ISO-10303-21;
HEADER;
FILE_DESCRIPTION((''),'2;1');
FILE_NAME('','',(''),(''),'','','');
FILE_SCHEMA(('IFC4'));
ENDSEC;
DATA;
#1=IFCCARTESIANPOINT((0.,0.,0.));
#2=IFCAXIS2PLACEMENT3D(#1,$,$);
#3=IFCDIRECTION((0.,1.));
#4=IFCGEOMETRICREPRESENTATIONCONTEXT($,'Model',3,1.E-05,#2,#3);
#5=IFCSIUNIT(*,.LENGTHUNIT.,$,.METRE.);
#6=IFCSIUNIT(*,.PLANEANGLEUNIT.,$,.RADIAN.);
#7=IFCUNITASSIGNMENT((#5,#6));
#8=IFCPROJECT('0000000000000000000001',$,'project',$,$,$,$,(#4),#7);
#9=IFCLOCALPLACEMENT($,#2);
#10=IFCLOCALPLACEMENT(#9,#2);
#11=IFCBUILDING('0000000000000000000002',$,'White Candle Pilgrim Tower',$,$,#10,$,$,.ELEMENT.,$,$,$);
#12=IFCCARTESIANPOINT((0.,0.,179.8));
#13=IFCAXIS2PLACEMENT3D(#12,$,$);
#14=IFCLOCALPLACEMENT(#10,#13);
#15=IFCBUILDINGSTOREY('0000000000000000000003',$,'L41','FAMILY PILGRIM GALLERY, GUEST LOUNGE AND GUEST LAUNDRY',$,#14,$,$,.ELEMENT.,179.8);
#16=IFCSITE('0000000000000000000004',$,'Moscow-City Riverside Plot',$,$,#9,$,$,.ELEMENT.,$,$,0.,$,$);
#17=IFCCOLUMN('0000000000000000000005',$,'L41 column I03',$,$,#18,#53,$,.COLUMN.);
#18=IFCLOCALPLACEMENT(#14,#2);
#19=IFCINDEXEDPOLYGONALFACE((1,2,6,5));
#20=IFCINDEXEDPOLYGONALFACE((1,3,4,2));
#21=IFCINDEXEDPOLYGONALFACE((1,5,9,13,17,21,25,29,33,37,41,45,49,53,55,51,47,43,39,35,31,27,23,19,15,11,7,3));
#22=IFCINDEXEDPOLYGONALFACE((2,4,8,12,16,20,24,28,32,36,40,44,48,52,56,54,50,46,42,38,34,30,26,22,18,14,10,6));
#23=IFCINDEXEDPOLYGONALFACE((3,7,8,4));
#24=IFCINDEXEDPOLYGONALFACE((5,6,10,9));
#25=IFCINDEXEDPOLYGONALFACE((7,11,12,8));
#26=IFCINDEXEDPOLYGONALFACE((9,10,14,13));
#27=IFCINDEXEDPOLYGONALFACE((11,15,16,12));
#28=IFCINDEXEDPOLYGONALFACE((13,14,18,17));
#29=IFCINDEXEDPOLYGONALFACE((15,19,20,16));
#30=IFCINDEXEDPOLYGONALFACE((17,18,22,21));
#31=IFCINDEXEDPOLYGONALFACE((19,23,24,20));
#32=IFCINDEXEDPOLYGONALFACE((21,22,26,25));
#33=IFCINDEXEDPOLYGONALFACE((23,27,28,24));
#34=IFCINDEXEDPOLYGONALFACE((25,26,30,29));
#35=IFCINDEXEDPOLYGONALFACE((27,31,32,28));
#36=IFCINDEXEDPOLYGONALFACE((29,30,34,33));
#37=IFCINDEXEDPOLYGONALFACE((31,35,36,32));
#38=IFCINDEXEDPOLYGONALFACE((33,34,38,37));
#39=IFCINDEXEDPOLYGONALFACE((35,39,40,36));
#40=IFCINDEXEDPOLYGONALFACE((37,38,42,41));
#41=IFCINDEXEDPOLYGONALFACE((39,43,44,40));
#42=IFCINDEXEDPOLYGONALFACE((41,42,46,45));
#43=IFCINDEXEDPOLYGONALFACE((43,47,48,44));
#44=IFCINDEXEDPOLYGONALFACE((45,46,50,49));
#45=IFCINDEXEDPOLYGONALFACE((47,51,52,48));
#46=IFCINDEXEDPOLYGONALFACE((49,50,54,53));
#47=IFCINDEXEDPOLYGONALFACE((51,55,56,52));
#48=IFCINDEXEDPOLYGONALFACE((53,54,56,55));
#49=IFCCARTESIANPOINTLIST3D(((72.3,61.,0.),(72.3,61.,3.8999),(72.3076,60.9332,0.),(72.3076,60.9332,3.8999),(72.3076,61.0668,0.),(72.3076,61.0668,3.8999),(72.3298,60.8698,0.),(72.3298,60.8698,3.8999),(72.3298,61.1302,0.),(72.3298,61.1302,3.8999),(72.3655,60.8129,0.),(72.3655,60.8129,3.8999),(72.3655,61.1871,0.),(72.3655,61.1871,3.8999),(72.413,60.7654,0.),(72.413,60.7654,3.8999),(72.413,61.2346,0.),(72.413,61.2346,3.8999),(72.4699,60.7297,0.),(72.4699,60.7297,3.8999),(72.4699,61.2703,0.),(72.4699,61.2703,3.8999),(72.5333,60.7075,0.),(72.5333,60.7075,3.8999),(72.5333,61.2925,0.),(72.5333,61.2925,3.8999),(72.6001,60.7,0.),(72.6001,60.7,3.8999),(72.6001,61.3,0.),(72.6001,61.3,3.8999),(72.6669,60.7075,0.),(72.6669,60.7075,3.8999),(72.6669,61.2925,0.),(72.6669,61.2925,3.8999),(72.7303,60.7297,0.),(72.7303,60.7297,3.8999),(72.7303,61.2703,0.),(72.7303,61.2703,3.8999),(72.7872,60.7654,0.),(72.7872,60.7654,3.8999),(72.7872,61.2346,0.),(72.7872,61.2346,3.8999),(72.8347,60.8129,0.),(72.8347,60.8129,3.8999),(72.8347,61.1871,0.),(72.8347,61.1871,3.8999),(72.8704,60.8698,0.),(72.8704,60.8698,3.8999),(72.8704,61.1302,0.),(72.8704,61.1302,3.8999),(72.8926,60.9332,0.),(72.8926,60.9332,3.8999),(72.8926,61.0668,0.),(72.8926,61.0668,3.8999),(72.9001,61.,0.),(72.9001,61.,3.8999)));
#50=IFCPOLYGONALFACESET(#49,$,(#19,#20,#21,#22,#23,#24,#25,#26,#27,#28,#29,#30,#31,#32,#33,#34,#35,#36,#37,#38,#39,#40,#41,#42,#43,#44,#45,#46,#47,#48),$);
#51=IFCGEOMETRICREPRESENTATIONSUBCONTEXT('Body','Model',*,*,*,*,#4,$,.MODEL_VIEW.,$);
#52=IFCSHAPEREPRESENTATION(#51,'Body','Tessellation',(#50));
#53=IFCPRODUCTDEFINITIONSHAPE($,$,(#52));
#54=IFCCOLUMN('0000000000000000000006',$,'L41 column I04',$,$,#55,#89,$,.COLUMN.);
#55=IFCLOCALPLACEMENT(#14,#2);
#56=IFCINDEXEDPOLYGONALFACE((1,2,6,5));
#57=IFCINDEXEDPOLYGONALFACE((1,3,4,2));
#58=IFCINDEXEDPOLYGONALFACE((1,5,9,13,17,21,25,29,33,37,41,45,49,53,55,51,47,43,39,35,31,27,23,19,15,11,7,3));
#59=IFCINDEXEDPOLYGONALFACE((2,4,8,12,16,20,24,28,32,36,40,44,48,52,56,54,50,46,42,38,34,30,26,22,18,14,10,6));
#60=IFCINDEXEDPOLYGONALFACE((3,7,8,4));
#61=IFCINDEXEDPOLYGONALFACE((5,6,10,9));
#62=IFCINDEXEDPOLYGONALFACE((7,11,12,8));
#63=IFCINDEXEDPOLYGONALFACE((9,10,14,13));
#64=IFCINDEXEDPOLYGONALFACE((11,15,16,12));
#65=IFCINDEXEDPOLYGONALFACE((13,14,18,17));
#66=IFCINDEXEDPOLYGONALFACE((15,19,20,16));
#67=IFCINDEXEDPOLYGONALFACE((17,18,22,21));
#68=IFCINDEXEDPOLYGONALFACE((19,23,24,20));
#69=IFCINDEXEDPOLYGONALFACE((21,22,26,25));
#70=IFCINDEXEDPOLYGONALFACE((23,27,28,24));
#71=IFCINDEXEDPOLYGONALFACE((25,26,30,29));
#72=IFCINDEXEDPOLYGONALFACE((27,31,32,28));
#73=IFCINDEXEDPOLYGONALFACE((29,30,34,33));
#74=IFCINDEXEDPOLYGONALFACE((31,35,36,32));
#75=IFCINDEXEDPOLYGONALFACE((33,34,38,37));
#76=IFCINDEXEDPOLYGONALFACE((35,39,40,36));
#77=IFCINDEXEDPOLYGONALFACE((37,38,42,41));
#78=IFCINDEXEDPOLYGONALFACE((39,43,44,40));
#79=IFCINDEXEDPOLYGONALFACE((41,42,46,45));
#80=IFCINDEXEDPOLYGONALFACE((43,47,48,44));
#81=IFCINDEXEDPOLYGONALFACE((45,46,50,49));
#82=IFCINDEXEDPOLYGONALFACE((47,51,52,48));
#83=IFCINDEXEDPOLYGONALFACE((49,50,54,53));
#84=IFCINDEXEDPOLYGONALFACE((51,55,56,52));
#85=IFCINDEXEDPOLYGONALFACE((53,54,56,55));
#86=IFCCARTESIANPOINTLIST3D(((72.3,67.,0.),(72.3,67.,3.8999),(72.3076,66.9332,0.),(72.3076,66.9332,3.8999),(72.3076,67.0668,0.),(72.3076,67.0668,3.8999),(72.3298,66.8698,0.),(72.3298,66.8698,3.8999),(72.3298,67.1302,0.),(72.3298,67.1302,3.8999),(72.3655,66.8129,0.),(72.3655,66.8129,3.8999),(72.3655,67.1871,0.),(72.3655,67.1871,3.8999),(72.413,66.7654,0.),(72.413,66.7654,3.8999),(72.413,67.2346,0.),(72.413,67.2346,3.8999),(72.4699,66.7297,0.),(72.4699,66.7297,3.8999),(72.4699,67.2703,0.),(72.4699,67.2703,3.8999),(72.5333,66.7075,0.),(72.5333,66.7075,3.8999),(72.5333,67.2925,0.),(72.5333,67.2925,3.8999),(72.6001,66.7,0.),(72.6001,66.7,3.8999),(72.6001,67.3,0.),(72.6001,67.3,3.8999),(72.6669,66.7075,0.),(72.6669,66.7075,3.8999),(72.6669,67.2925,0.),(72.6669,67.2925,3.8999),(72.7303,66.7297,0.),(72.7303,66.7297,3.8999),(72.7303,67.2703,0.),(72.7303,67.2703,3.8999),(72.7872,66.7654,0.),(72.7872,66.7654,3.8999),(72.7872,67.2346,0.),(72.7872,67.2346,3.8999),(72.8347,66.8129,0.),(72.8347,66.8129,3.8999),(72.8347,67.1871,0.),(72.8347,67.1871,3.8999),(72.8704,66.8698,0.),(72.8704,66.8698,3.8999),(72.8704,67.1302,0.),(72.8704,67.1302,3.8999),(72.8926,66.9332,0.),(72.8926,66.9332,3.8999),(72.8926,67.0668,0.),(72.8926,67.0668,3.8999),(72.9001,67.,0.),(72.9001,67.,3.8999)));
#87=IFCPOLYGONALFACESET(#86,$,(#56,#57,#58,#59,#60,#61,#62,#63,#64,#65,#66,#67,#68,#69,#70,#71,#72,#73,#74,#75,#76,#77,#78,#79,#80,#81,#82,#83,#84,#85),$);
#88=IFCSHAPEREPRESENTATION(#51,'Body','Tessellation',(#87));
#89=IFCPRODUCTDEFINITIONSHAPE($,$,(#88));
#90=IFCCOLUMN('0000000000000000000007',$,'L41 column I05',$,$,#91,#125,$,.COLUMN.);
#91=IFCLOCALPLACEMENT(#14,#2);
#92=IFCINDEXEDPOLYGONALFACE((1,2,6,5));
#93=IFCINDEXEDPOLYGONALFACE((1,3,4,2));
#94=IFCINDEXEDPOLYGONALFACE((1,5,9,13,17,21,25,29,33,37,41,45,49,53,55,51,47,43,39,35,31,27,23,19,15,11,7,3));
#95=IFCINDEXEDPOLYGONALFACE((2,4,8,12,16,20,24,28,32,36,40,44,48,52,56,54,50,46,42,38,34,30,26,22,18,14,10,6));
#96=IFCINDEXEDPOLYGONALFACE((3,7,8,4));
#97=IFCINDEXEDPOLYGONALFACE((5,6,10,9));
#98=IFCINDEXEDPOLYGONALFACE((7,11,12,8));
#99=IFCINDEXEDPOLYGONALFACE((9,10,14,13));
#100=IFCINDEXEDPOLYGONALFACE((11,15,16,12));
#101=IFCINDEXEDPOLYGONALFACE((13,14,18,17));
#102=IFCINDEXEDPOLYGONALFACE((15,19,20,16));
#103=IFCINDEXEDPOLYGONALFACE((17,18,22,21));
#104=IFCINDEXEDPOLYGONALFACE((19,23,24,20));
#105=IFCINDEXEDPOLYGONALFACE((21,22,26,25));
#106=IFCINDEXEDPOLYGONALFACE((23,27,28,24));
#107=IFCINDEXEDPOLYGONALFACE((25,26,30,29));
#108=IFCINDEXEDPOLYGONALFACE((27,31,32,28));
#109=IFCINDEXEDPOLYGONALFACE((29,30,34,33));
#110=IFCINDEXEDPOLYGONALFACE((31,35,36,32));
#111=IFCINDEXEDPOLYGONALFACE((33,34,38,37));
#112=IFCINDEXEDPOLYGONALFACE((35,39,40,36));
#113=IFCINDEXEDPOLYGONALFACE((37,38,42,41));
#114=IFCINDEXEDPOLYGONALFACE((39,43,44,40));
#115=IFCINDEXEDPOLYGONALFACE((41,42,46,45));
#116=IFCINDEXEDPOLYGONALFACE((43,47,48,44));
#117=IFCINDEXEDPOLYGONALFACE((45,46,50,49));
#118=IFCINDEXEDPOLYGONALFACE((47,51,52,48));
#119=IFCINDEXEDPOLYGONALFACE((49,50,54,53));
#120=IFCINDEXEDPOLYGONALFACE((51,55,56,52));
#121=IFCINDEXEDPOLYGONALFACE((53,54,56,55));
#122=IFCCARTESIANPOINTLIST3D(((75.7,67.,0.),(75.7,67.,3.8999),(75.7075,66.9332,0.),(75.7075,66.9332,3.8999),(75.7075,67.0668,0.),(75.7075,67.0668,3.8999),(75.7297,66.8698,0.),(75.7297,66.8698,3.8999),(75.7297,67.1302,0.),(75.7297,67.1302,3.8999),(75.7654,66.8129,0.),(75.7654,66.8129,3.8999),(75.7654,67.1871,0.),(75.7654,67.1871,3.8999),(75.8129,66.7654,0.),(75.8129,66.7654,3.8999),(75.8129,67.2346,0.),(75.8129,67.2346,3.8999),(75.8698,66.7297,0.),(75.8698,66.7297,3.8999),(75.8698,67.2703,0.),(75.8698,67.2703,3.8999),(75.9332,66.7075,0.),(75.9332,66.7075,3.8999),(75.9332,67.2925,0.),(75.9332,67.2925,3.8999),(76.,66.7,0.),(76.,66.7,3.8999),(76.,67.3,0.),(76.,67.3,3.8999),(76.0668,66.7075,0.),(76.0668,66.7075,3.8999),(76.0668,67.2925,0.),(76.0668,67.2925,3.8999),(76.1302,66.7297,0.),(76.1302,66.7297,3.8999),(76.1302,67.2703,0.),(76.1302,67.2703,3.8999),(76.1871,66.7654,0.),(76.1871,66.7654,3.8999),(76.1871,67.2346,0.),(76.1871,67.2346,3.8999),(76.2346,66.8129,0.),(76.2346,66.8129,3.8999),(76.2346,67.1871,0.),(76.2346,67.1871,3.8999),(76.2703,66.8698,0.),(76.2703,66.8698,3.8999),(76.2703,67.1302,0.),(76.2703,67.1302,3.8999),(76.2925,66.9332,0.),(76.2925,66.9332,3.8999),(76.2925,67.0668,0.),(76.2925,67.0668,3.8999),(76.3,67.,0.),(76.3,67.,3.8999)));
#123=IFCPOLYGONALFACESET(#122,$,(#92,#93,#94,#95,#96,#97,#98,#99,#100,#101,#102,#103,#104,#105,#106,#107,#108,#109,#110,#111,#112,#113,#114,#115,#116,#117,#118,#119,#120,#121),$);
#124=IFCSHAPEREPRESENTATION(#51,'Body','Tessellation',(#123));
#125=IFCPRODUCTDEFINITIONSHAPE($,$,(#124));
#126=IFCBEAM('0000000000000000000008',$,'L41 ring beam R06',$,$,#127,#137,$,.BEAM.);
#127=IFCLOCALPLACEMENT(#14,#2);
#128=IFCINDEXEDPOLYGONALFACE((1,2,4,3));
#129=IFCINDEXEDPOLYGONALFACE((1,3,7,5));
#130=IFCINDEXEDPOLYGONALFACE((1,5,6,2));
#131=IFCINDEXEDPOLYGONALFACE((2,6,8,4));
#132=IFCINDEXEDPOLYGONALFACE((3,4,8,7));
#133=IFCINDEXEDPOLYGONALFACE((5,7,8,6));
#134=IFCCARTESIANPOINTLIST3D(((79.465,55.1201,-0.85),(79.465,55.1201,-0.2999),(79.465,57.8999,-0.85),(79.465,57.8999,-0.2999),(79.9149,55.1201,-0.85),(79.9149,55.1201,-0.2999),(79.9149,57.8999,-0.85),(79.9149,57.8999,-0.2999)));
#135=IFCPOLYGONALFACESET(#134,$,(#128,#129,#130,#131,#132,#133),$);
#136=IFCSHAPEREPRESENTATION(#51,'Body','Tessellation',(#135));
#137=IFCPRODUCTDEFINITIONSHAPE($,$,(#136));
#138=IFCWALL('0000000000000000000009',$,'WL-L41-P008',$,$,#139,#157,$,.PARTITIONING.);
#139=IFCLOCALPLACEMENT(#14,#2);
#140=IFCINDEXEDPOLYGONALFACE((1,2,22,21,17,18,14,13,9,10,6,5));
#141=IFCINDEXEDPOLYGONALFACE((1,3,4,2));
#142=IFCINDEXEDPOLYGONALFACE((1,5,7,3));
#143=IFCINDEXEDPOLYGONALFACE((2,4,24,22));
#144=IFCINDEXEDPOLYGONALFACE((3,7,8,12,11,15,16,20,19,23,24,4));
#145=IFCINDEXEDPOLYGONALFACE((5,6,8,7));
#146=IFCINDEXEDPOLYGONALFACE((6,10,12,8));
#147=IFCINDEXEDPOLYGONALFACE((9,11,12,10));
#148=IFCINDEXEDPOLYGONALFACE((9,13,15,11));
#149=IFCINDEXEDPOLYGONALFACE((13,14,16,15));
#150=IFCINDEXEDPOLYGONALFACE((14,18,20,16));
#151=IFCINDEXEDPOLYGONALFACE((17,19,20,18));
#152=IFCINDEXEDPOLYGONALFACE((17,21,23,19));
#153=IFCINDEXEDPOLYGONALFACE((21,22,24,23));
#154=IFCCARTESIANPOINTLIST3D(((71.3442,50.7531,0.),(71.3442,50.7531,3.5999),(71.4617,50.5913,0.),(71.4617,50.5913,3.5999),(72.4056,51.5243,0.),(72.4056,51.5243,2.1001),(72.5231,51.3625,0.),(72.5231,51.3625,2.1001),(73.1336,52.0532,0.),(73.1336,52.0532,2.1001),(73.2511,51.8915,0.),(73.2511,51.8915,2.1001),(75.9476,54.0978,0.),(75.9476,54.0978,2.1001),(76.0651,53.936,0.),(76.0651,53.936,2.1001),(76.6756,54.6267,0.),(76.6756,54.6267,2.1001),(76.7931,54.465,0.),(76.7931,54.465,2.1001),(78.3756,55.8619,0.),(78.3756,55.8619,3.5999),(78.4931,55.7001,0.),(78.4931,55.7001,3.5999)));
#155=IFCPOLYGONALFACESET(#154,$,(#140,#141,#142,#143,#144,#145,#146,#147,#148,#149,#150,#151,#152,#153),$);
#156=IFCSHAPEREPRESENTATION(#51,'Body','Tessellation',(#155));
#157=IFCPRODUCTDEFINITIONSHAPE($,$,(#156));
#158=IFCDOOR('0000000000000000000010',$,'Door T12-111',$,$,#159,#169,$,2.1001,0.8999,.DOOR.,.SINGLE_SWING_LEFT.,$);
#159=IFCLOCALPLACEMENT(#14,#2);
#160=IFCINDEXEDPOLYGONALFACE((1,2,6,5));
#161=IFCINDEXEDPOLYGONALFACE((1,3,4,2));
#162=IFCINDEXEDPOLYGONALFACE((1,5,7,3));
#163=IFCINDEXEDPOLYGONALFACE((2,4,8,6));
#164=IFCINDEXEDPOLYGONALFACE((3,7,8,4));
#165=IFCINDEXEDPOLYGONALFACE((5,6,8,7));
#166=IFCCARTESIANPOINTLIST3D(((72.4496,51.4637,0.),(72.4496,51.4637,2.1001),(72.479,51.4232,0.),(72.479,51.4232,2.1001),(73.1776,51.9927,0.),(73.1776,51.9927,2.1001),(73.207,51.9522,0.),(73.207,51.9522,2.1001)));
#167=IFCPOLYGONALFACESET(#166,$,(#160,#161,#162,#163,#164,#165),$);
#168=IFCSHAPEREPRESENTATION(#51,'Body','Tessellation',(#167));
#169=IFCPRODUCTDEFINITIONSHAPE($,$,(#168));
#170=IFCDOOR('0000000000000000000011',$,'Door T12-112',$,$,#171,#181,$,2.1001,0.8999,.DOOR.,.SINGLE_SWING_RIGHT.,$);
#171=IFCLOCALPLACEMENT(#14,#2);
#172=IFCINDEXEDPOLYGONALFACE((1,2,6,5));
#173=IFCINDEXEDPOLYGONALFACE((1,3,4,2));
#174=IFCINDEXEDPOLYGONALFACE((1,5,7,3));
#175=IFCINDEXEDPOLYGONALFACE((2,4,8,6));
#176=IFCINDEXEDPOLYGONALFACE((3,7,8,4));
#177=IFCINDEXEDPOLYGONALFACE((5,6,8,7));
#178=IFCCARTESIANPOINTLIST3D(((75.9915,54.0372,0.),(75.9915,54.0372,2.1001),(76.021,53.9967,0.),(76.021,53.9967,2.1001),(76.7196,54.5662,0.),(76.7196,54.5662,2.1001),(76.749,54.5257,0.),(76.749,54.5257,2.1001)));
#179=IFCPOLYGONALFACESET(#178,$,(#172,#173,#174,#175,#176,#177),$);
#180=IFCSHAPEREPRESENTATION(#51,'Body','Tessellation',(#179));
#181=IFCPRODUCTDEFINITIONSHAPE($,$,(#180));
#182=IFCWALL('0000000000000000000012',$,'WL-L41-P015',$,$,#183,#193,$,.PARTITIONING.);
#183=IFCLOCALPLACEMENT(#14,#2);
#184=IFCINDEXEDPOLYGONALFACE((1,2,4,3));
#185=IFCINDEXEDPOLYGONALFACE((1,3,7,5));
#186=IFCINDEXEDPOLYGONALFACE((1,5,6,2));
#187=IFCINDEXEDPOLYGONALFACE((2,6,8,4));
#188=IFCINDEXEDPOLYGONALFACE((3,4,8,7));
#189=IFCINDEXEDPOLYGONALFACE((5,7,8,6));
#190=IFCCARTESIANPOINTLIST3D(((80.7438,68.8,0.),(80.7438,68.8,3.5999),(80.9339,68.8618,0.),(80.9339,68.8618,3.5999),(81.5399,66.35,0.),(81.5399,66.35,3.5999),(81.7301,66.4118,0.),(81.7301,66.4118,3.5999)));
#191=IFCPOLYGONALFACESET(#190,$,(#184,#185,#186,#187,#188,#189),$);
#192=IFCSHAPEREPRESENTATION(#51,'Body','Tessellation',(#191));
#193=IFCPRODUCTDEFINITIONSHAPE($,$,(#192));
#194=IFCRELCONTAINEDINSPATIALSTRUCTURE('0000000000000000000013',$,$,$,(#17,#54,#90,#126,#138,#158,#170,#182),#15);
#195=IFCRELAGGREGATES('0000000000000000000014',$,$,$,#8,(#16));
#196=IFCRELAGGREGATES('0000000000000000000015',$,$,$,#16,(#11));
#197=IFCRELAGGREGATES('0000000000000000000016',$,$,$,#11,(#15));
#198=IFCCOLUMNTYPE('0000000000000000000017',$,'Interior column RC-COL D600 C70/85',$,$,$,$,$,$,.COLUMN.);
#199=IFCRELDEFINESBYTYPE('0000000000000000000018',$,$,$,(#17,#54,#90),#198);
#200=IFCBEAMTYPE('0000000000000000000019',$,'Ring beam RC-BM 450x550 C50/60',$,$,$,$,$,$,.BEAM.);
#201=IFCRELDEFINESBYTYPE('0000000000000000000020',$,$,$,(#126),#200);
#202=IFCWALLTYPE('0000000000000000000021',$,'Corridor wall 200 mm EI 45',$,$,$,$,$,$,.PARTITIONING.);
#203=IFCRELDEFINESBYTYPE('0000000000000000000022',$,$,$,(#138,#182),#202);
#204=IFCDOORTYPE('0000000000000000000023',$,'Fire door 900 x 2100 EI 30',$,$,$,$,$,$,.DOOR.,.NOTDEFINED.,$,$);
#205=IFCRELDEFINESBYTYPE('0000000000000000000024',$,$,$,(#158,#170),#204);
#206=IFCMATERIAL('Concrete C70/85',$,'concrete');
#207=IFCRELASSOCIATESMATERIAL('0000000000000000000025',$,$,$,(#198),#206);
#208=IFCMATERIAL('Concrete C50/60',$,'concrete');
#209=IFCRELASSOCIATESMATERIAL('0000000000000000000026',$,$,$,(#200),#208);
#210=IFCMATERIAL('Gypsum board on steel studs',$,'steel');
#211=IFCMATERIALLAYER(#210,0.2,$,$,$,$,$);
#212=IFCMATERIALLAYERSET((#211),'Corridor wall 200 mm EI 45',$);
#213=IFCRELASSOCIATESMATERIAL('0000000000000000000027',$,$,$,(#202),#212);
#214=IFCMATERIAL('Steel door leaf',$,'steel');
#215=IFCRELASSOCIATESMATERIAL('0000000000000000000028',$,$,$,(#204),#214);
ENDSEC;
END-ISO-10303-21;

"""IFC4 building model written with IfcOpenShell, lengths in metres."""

from ifc_helpers import new_model, si_unit, direction, frame, frame_2d, origin, origin_2d, place, context, subcontext, project, spatial, rectangle, circle, extrude, material, layer, layer_set, material_profile, profile_set, type_object, element, fill, save


model = new_model("IFC4")

# Units and contexts
model_context = context("Model", 3, precision=1e-05, world=origin(), true_north=direction((0.0, 1.0)))
body_context = subcontext(model_context, "Body", "Model", "MODEL_VIEW")
ifc_project = project(units=[si_unit("LENGTHUNIT", "METRE"), si_unit("PLANEANGLEUNIT", "RADIAN")], contexts=[model_context])

# Site, building, storey
site_placement = place(None, origin())
site = spatial("IfcSite", under=ifc_project, at=site_placement, Name="Moscow-City Riverside Plot", CompositionType="ELEMENT", RefElevation=0.0)
building_placement = place(site_placement, origin())
building = spatial("IfcBuilding", under=site, at=building_placement, Name="White Candle Pilgrim Tower", CompositionType="ELEMENT")
storey_placement = place(building_placement, frame((0.0, 0.0, 179.8)))
storey = spatial("IfcBuildingStorey", under=building, at=storey_placement, Name="L41", Description="FAMILY PILGRIM GALLERY, GUEST LOUNGE AND GUEST LAUNDRY", CompositionType="ELEMENT", Elevation=179.8)

# Columns
ifc_material_1 = material(Name="Concrete C70/85", Category="concrete")
ifc_material_profile_1 = material_profile(ifc_material_1, circle(Radius=0.3, at=origin_2d()), Name="RC-COL D600")
ifc_profile_set_1 = profile_set([ifc_material_profile_1], Name="Concrete C70/85")
column_type = type_object("IfcColumnType", Name="Interior column RC-COL D600 C70/85", PredefinedType="COLUMN", material=ifc_profile_set_1)
for number, where, z_axis, x_axis, name in (
    (1, (72.6001, 61.0, 0.0), (0.0, 0.0, 1.0), (1.0, 0.0, 0.0), "L41 column I03"),
    (2, (72.6001, 67.0, 0.0), (0.0, 0.0, 1.0), (1.0, 0.0, 0.0), "L41 column I04"),
    (3, (76.0, 67.0, 0.0), (0.0, 0.0, 1.0), (1.0, 0.0, 0.0), "L41 column I05"),
):
    element("IfcColumn", number, at=place(storey_placement, frame(where, z_axis=z_axis, x_axis=x_axis)), inside=storey, type_object=column_type, Name=name, PredefinedType="COLUMN", context=body_context, shape_type="SweptSolid", body=[
        extrude(circle(Radius=0.3, at=origin_2d()), origin(), (0.0, 0.0, 1.0), 3.8999),
    ])

# Beam
ifc_material_2 = material(Name="Concrete C50/60", Category="concrete")
ifc_material_profile_2 = material_profile(ifc_material_2, rectangle(XDim=0.45, YDim=0.55, at=origin_2d()), Name="RC-BM 450x550")
ifc_profile_set_2 = profile_set([ifc_material_profile_2], Name="Concrete C50/60")
beam_type = type_object("IfcBeamType", Name="Ring beam RC-BM 450x550 C50/60", PredefinedType="BEAM", material=ifc_profile_set_2)
beam_placement = place(storey_placement, frame((79.6899, 55.1201, -0.575), z_axis=(0.0, 1.0, 0.0), x_axis=(-1.0, 0.0, 0.0)))
element("IfcBeam", 4, at=beam_placement, inside=storey, type_object=beam_type, Name="L41 ring beam R06", PredefinedType="BEAM", context=body_context, shape_type="SweptSolid", body=[
    extrude(rectangle(XDim=0.45, YDim=0.55, at=origin_2d()), origin(), (0.0, 0.0, 1.0), 2.7798),
])

# Wall, openings, doors
ifc_material_3 = material(Name="Gypsum board on steel studs", Category="steel")
ifc_layer_1 = layer(ifc_material_3, 0.2)
ifc_layer_set_1 = layer_set([ifc_layer_1], Name="Corridor wall 200 mm EI 45")
wall_type_1 = type_object("IfcWallType", Name="Corridor wall 200 mm EI 45", PredefinedType="PARTITIONING", material=ifc_layer_set_1)
wall_1_placement = place(storey_placement, frame((78.4343, 55.781, 0.0), z_axis=(0.0, 0.0, 1.0), x_axis=(-0.809006, -0.587801, 0.0)))
wall_1 = element("IfcWall", 5, at=wall_1_placement, inside=storey, type_object=wall_type_1, Name="WL-L41-P008", PredefinedType="PARTITIONING", context=body_context, shape_type="SweptSolid", body=[
    extrude(rectangle(XDim=8.6914, YDim=0.2, at=frame_2d((4.3457, 0.0))), origin(), (0.0, 0.0, 1.0), 3.5999),
])
opening_1_placement = place(wall_1_placement, frame((6.4795, 0.0, 0.0)))
opening_1 = element("IfcOpeningElement", 6, at=opening_1_placement, cuts=wall_1, PredefinedType="OPENING", context=body_context, shape_type="SweptSolid", body=[
    extrude(rectangle(XDim=0.8999, YDim=2.1001, at=frame_2d((0.45, 1.05))), frame((0.0, 0.1099, 0.0), z_axis=(0.0, -1.0, 0.0), x_axis=(1.0, 0.0, 0.0)), (0.0, 0.0, 1.0), 0.22),
])
opening_2_placement = place(wall_1_placement, frame((2.1013, 0.0, 0.0)))
opening_2 = element("IfcOpeningElement", 7, at=opening_2_placement, cuts=wall_1, PredefinedType="OPENING", context=body_context, shape_type="SweptSolid", body=[
    extrude(rectangle(XDim=0.8999, YDim=2.1001, at=frame_2d((0.45, 1.05))), frame((0.0, 0.1099, 0.0), z_axis=(0.0, -1.0, 0.0), x_axis=(1.0, 0.0, 0.0)), (0.0, 0.0, 1.0), 0.22),
])
ifc_material_4 = material(Name="Steel door leaf", Category="steel")
door_type_1 = type_object("IfcDoorType", Name="Fire door 900 x 2100 EI 30", OperationType="NOTDEFINED", PredefinedType="DOOR", material=ifc_material_4)
door_1_placement = place(opening_1_placement, origin())
door_1 = element("IfcDoor", 8, at=door_1_placement, inside=storey, type_object=door_type_1, Name="Door T12-111", OperationType="SINGLE_SWING_LEFT", OverallHeight=2.1001, OverallWidth=0.8999, PredefinedType="DOOR", context=body_context, shape_type="SweptSolid", body=[
    extrude(rectangle(XDim=0.8999, YDim=2.1001, at=frame_2d((0.45, 1.05))), frame((0.0, 0.0249, 0.0), z_axis=(0.0, -1.0, 0.0), x_axis=(1.0, 0.0, 0.0)), (0.0, 0.0, 1.0), 0.05),
])
fill(opening_1, door_1)
door_2_placement = place(opening_2_placement, origin())
door_2 = element("IfcDoor", 9, at=door_2_placement, inside=storey, type_object=door_type_1, Name="Door T12-112", OperationType="SINGLE_SWING_RIGHT", OverallHeight=2.1001, OverallWidth=0.8999, PredefinedType="DOOR", context=body_context, shape_type="SweptSolid", body=[
    extrude(rectangle(XDim=0.8999, YDim=2.1001, at=frame_2d((0.45, 1.05))), frame((0.0, 0.0249, 0.0), z_axis=(0.0, -1.0, 0.0), x_axis=(1.0, 0.0, 0.0)), (0.0, 0.0, 1.0), 0.05),
])
fill(opening_2, door_2)

# Wall
wall_2_placement = place(storey_placement, frame((81.635, 66.3809, 0.0), z_axis=(0.0, 0.0, 1.0), x_axis=(-0.309054, 0.951045, 0.0)))
element("IfcWall", 10, at=wall_2_placement, inside=storey, type_object=wall_type_1, Name="WL-L41-P015", PredefinedType="PARTITIONING", context=body_context, shape_type="SweptSolid", body=[
    extrude(rectangle(XDim=2.5762, YDim=0.2, at=frame_2d((1.2881, 0.0))), origin(), (0.0, 0.0, 1.0), 3.5999),
])

save(model, "model.ifc")
